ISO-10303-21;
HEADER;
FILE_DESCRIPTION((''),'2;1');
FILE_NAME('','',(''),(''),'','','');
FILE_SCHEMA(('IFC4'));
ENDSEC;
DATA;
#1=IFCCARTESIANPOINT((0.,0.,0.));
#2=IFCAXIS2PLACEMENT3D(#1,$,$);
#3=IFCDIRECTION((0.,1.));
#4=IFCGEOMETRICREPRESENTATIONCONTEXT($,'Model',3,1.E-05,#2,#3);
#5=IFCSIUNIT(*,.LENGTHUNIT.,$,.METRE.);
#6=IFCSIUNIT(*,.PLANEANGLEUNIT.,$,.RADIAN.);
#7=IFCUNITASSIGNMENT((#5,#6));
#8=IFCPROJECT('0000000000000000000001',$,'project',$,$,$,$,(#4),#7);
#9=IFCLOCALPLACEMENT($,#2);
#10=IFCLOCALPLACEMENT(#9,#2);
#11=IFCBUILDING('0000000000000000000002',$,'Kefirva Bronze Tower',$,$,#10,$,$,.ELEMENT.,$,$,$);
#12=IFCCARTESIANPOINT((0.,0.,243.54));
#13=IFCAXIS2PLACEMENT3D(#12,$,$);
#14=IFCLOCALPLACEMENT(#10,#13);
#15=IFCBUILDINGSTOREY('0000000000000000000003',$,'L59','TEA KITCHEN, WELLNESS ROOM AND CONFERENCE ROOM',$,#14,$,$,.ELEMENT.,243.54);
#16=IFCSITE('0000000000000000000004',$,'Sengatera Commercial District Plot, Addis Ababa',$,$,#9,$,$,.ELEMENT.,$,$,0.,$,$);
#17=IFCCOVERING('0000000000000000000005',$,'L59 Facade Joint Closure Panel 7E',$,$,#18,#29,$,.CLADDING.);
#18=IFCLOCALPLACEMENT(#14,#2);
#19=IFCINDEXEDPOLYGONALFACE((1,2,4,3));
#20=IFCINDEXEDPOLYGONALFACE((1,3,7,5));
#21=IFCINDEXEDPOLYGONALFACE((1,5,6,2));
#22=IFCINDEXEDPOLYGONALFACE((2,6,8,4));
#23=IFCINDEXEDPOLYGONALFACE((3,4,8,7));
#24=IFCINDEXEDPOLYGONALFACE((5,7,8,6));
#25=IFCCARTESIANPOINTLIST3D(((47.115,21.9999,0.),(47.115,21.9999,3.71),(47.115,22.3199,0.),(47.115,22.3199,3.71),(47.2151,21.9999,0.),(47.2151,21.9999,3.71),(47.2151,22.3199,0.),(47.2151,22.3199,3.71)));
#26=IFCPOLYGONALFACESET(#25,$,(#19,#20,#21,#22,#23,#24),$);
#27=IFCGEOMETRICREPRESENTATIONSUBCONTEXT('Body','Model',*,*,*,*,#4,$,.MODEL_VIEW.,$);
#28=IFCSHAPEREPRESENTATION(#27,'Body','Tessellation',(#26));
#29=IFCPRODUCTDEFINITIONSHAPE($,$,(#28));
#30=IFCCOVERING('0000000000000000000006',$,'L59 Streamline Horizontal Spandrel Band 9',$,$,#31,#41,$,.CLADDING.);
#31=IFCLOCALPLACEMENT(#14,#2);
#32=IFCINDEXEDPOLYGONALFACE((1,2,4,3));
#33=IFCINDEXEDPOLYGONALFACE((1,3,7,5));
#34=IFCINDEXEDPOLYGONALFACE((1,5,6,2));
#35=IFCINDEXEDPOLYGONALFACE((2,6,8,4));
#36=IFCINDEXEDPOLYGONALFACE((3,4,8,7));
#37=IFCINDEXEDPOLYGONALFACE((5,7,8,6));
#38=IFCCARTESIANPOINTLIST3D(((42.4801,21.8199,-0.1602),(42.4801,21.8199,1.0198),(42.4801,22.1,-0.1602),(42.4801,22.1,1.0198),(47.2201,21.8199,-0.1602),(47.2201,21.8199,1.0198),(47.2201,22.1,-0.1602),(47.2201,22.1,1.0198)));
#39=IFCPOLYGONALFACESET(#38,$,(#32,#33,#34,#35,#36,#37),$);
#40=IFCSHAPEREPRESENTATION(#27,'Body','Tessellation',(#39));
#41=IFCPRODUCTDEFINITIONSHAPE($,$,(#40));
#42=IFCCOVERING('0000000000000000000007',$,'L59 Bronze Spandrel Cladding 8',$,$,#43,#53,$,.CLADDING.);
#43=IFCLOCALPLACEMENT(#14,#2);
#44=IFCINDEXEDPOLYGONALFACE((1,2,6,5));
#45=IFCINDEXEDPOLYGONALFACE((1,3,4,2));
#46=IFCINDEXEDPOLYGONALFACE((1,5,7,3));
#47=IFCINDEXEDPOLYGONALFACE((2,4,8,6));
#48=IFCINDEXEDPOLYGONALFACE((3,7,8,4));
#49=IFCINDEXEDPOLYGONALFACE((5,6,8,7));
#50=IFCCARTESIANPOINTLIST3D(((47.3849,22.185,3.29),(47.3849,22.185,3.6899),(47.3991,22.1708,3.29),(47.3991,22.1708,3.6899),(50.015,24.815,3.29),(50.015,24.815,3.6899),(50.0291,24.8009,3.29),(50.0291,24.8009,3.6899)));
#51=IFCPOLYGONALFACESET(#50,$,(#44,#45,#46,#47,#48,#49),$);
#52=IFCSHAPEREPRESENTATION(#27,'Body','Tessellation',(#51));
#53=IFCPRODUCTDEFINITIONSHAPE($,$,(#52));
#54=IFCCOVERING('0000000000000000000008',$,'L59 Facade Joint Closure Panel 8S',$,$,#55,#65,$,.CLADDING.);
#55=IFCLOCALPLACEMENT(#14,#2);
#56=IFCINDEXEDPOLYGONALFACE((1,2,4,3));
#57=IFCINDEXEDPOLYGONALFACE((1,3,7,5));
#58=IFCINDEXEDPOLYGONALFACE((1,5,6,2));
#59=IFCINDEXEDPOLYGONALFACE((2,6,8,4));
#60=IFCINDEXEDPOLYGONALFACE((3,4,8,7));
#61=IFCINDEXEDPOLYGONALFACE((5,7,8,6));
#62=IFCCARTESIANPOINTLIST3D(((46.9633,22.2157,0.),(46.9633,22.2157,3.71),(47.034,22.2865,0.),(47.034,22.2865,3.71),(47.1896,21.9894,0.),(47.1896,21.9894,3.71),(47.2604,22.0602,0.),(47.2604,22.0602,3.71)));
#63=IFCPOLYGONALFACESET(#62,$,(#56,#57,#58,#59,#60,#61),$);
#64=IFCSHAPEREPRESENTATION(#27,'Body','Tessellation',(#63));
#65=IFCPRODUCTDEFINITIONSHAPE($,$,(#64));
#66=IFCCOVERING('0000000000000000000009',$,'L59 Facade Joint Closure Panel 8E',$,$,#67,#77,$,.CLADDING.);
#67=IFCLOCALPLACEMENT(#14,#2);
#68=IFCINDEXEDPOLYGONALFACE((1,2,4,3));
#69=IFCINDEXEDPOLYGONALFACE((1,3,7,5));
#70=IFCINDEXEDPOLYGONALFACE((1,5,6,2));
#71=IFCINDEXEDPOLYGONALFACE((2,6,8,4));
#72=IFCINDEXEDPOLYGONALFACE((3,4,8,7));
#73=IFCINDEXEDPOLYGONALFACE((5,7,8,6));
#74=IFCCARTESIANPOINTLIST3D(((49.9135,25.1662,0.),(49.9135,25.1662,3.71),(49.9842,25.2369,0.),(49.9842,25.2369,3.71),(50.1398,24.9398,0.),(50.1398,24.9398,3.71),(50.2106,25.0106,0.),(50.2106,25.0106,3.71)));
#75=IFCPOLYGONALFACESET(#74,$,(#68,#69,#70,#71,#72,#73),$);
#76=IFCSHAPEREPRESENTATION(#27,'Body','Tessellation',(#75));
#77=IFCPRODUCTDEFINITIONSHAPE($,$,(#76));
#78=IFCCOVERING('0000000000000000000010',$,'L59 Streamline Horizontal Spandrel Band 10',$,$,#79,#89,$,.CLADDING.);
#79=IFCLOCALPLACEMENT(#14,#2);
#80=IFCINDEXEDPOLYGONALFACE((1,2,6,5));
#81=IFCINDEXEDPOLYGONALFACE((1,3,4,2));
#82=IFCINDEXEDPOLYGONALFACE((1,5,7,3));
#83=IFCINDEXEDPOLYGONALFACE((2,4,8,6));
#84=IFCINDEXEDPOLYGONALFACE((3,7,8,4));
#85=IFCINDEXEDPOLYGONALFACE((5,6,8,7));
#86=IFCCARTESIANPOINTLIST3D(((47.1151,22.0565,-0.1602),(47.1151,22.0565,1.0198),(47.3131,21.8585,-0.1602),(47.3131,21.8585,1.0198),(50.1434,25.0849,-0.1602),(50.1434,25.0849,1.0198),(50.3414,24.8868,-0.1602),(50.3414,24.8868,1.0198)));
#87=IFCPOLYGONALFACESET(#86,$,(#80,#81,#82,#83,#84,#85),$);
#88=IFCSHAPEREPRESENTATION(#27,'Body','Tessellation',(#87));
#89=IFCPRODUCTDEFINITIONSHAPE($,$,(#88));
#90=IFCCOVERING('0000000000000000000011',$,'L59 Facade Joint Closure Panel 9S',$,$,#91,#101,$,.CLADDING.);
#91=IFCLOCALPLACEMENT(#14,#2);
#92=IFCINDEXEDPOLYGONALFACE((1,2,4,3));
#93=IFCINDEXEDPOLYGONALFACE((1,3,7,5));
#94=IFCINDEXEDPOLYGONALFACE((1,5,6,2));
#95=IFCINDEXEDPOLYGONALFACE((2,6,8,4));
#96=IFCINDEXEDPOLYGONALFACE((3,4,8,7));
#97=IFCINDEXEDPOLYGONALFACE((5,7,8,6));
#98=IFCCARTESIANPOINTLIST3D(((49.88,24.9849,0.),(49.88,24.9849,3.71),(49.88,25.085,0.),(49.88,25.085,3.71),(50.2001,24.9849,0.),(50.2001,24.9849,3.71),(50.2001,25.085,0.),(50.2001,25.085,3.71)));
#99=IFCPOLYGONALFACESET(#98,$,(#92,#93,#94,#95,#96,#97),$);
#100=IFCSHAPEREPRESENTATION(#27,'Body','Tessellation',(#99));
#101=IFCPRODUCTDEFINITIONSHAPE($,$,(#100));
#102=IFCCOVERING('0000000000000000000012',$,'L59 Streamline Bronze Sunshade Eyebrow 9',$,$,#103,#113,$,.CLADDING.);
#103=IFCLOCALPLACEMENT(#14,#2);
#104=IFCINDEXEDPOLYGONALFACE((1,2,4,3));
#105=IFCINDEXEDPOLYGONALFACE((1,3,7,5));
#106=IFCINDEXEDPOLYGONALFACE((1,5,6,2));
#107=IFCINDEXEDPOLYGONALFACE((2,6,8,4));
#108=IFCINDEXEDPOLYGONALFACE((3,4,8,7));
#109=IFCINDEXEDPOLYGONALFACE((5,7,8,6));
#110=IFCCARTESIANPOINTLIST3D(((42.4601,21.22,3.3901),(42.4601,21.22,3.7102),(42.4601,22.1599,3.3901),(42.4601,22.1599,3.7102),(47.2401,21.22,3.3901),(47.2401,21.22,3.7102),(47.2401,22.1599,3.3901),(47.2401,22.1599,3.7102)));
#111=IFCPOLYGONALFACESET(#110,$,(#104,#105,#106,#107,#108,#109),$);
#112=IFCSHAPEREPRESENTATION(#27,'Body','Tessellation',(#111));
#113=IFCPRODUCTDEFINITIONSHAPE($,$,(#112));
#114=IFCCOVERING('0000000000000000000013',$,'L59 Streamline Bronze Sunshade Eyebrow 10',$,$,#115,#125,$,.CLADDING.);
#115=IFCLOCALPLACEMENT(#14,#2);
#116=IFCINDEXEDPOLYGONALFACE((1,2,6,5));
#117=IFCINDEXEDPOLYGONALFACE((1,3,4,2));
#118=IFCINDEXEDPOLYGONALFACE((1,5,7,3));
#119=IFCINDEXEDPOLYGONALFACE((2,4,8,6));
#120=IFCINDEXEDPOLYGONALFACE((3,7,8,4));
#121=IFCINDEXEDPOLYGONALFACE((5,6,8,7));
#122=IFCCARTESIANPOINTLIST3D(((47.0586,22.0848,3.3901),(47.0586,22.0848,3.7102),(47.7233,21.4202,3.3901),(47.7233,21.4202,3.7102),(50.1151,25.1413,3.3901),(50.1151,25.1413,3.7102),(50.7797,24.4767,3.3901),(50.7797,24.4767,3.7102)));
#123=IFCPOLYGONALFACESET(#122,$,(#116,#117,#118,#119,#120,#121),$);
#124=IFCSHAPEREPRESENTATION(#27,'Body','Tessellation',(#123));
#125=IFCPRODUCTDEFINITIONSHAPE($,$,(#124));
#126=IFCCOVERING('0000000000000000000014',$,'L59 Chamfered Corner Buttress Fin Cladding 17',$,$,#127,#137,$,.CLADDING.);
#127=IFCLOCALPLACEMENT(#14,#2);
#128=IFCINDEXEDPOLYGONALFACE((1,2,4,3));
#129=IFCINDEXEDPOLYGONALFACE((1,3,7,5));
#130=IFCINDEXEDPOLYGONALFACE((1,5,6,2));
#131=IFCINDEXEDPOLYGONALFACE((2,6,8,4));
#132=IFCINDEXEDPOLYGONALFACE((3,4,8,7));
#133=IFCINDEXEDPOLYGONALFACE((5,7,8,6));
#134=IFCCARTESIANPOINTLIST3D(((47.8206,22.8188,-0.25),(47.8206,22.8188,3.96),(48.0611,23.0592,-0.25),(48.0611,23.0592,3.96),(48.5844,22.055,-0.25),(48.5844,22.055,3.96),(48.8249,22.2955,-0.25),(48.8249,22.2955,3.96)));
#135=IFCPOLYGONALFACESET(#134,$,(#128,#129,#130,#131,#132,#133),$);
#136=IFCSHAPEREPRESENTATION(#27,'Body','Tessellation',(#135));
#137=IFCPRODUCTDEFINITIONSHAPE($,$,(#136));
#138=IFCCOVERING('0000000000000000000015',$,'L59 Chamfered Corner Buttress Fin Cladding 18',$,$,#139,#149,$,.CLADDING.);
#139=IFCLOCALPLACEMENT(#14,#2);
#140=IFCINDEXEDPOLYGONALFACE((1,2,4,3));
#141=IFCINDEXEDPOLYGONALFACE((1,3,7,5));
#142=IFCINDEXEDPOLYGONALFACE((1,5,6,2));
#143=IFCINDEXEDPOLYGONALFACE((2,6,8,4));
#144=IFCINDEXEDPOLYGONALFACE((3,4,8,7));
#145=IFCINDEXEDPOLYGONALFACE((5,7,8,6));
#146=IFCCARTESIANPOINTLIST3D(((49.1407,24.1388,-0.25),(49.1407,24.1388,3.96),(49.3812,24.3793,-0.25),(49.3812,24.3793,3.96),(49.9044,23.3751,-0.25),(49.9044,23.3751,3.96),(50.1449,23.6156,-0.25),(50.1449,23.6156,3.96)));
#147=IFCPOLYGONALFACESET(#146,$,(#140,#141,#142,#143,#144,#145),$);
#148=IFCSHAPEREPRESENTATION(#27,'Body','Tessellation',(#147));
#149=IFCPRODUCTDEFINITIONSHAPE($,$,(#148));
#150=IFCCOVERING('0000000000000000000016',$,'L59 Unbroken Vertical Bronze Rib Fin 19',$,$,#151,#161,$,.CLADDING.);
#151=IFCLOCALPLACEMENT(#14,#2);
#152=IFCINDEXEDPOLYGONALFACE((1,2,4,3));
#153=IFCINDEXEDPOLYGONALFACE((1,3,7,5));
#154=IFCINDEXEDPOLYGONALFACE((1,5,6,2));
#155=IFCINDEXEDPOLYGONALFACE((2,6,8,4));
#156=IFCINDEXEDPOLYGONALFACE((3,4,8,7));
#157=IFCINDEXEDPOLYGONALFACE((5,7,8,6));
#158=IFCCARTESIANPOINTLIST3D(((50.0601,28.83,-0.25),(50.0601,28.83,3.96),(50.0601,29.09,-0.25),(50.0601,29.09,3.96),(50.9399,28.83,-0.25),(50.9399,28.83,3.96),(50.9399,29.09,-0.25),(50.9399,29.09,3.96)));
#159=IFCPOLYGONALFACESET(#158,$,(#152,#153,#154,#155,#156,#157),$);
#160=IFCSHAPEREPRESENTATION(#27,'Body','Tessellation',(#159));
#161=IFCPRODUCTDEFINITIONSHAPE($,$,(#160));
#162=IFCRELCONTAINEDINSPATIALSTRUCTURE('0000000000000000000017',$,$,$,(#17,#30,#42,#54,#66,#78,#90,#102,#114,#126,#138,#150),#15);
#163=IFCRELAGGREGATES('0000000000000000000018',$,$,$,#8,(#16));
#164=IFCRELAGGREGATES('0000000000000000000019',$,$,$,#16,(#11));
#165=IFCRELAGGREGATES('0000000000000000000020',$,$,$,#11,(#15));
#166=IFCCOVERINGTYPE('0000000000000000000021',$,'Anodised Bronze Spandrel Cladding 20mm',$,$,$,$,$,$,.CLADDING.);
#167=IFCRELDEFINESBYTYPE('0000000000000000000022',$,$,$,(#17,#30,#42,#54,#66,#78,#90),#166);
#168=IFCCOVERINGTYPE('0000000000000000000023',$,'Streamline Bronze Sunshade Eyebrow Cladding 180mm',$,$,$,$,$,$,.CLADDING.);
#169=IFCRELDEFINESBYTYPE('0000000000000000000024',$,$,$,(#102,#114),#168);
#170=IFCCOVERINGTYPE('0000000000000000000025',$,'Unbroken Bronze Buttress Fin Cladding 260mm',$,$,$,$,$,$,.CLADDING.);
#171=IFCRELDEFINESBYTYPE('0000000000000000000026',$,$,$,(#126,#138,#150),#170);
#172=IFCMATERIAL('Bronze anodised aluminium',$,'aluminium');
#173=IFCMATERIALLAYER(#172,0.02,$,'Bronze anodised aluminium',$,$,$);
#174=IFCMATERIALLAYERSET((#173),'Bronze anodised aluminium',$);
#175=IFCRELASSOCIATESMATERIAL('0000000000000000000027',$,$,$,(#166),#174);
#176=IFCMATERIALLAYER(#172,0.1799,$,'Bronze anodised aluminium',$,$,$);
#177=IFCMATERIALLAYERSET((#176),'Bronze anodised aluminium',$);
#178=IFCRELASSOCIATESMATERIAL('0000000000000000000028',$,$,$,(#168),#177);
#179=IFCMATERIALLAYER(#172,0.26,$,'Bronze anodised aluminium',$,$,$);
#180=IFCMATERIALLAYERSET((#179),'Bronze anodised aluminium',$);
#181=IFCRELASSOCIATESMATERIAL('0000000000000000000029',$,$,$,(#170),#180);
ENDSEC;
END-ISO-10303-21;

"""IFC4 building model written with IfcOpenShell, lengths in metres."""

from ifc_helpers import new_model, si_unit, direction, frame, origin, origin_2d, place, context, subcontext, project, spatial, rectangle, extrude, material, layer, layer_set, type_object, element, save


model = new_model("IFC4")

# Units and contexts
model_context = context("Model", 3, precision=1e-05, world=origin(), true_north=direction((0.0, 1.0)))
body_context = subcontext(model_context, "Body", "Model", "MODEL_VIEW")
ifc_project = project(units=[si_unit("LENGTHUNIT", "METRE"), si_unit("PLANEANGLEUNIT", "RADIAN")], contexts=[model_context])

# Site, building, storey
site_placement = place(None, origin())
site = spatial("IfcSite", under=ifc_project, at=site_placement, Name="Sengatera Commercial District Plot, Addis Ababa", CompositionType="ELEMENT", RefElevation=0.0)
building_placement = place(site_placement, origin())
building = spatial("IfcBuilding", under=site, at=building_placement, Name="Kefirva Bronze Tower", CompositionType="ELEMENT")
storey_placement = place(building_placement, frame((0.0, 0.0, 243.54)))
storey = spatial("IfcBuildingStorey", under=building, at=storey_placement, Name="L59", Description="TEA KITCHEN, WELLNESS ROOM AND CONFERENCE ROOM", CompositionType="ELEMENT", Elevation=243.54)

# Coverings
ifc_material_1 = material(Name="Bronze anodised aluminium", Category="aluminium")
ifc_layer_1 = layer(ifc_material_1, 0.02, Name="Bronze anodised aluminium")
ifc_layer_set_1 = layer_set([ifc_layer_1], Name="Bronze anodised aluminium")
covering_type_1 = type_object("IfcCoveringType", Name="Anodised Bronze Spandrel Cladding 20mm", PredefinedType="CLADDING", material=ifc_layer_set_1)
covering_1_placement = place(storey_placement, frame((47.165, 22.1599, 0.0), z_axis=(0.0, 0.0, 1.0), x_axis=(1.0, 0.0, 0.0)))
element("IfcCovering", 1, at=covering_1_placement, inside=storey, type_object=covering_type_1, Name="L59 Facade Joint Closure Panel 7E", PredefinedType="CLADDING", context=body_context, shape_type="SweptSolid", body=[
    extrude(rectangle(XDim=0.1001, YDim=0.3201, at=origin_2d()), origin(), (0.0, 0.0, 1.0), 3.71),
])
covering_2_placement = place(storey_placement, frame((44.8501, 21.96, -0.1602), z_axis=(0.0, 0.0, 1.0), x_axis=(1.0, 0.0, 0.0)))
element("IfcCovering", 2, at=covering_2_placement, inside=storey, type_object=covering_type_1, Name="L59 Streamline Horizontal Spandrel Band 9", PredefinedType="CLADDING", context=body_context, shape_type="SweptSolid", body=[
    extrude(rectangle(XDim=4.74, YDim=0.28, at=origin_2d()), origin(), (0.0, 0.0, 1.0), 1.1799),
])
covering_3_placement = place(storey_placement, frame((48.707, 23.4929, 3.29), z_axis=(0.0, 0.0, 1.0), x_axis=(0.707107, 0.707107, 0.0)))
element("IfcCovering", 3, at=covering_3_placement, inside=storey, type_object=covering_type_1, Name="L59 Bronze Spandrel Cladding 8", PredefinedType="CLADDING", context=body_context, shape_type="SweptSolid", body=[
    extrude(rectangle(XDim=3.7195, YDim=0.02, at=origin_2d()), origin(), (0.0, 0.0, 1.0), 0.3999),
])
for number, where, z_axis, x_axis, name in (
    (4, (47.1118, 22.1379, 0.0), (0.0, 0.0, 1.0), (0.707107, 0.707107, 0.0), "L59 Facade Joint Closure Panel 8S"),
    (5, (50.062, 25.0884, 0.0), (0.0, 0.0, 1.0), (0.707107, 0.707107, 0.0), "L59 Facade Joint Closure Panel 8E"),
):
    element("IfcCovering", number, at=place(storey_placement, frame(where, z_axis=z_axis, x_axis=x_axis)), inside=storey, type_object=covering_type_1, Name=name, PredefinedType="CLADDING", context=body_context, shape_type="SweptSolid", body=[
        extrude(rectangle(XDim=0.1001, YDim=0.3201, at=origin_2d()), origin(), (0.0, 0.0, 1.0), 3.71),
    ])
covering_4_placement = place(storey_placement, frame((48.7283, 23.4717, -0.1602), z_axis=(0.0, 0.0, 1.0), x_axis=(0.707107, 0.707107, 0.0)))
element("IfcCovering", 6, at=covering_4_placement, inside=storey, type_object=covering_type_1, Name="L59 Streamline Horizontal Spandrel Band 10", PredefinedType="CLADDING", context=body_context, shape_type="SweptSolid", body=[
    extrude(rectangle(XDim=4.2827, YDim=0.28, at=origin_2d()), origin(), (0.0, 0.0, 1.0), 1.1799),
])
covering_5_placement = place(storey_placement, frame((50.04, 25.0349, 0.0), z_axis=(0.0, 0.0, 1.0), x_axis=(0.0, 1.0, 0.0)))
element("IfcCovering", 7, at=covering_5_placement, inside=storey, type_object=covering_type_1, Name="L59 Facade Joint Closure Panel 9S", PredefinedType="CLADDING", context=body_context, shape_type="SweptSolid", body=[
    extrude(rectangle(XDim=0.1001, YDim=0.3201, at=origin_2d()), origin(), (0.0, 0.0, 1.0), 3.71),
])
ifc_layer_2 = layer(ifc_material_1, 0.1799, Name="Bronze anodised aluminium")
ifc_layer_set_2 = layer_set([ifc_layer_2], Name="Bronze anodised aluminium")
covering_type_2 = type_object("IfcCoveringType", Name="Streamline Bronze Sunshade Eyebrow Cladding 180mm", PredefinedType="CLADDING", material=ifc_layer_set_2)
covering_6_placement = place(storey_placement, frame((44.8501, 21.6899, 3.3901), z_axis=(0.0, 0.0, 1.0), x_axis=(1.0, 0.0, 0.0)))
element("IfcCovering", 8, at=covering_6_placement, inside=storey, type_object=covering_type_2, Name="L59 Streamline Bronze Sunshade Eyebrow 9", PredefinedType="CLADDING", context=body_context, shape_type="SweptSolid", body=[
    extrude(rectangle(XDim=4.78, YDim=0.9399, at=origin_2d()), origin(), (0.0, 0.0, 1.0), 0.3201),
])
covering_7_placement = place(storey_placement, frame((48.9192, 23.2808, 3.3901), z_axis=(0.0, 0.0, 1.0), x_axis=(0.707107, 0.707107, 0.0)))
element("IfcCovering", 9, at=covering_7_placement, inside=storey, type_object=covering_type_2, Name="L59 Streamline Bronze Sunshade Eyebrow 10", PredefinedType="CLADDING", context=body_context, shape_type="SweptSolid", body=[
    extrude(rectangle(XDim=4.3225, YDim=0.9399, at=origin_2d()), origin(), (0.0, 0.0, 1.0), 0.3201),
])
ifc_layer_3 = layer(ifc_material_1, 0.26, Name="Bronze anodised aluminium")
ifc_layer_set_3 = layer_set([ifc_layer_3], Name="Bronze anodised aluminium")
covering_type_3 = type_object("IfcCoveringType", Name="Unbroken Bronze Buttress Fin Cladding 260mm", PredefinedType="CLADDING", material=ifc_layer_set_3)
for number, where, z_axis, x_axis, name in (
    (10, (48.3228, 22.5571, -0.25), (0.0, 0.0, 1.0), (0.707107, 0.707107, 0.0), "L59 Chamfered Corner Buttress Fin Cladding 17"),
    (11, (49.6428, 23.8772, -0.25), (0.0, 0.0, 1.0), (0.707107, 0.707107, 0.0), "L59 Chamfered Corner Buttress Fin Cladding 18"),
):
    element("IfcCovering", number, at=place(storey_placement, frame(where, z_axis=z_axis, x_axis=x_axis)), inside=storey, type_object=covering_type_3, Name=name, PredefinedType="CLADDING", context=body_context, shape_type="SweptSolid", body=[
        extrude(rectangle(XDim=0.3401, YDim=1.0801, at=origin_2d()), origin(), (0.0, 0.0, 1.0), 4.21),
    ])
covering_8_placement = place(storey_placement, frame((50.5, 28.96, -0.25), z_axis=(0.0, 0.0, 1.0), x_axis=(0.0, 1.0, 0.0)))
element("IfcCovering", 12, at=covering_8_placement, inside=storey, type_object=covering_type_3, Name="L59 Unbroken Vertical Bronze Rib Fin 19", PredefinedType="CLADDING", context=body_context, shape_type="SweptSolid", body=[
    extrude(rectangle(XDim=0.26, YDim=0.8799, at=origin_2d()), origin(), (0.0, 0.0, 1.0), 4.21),
])

save(model, "model.ifc")
